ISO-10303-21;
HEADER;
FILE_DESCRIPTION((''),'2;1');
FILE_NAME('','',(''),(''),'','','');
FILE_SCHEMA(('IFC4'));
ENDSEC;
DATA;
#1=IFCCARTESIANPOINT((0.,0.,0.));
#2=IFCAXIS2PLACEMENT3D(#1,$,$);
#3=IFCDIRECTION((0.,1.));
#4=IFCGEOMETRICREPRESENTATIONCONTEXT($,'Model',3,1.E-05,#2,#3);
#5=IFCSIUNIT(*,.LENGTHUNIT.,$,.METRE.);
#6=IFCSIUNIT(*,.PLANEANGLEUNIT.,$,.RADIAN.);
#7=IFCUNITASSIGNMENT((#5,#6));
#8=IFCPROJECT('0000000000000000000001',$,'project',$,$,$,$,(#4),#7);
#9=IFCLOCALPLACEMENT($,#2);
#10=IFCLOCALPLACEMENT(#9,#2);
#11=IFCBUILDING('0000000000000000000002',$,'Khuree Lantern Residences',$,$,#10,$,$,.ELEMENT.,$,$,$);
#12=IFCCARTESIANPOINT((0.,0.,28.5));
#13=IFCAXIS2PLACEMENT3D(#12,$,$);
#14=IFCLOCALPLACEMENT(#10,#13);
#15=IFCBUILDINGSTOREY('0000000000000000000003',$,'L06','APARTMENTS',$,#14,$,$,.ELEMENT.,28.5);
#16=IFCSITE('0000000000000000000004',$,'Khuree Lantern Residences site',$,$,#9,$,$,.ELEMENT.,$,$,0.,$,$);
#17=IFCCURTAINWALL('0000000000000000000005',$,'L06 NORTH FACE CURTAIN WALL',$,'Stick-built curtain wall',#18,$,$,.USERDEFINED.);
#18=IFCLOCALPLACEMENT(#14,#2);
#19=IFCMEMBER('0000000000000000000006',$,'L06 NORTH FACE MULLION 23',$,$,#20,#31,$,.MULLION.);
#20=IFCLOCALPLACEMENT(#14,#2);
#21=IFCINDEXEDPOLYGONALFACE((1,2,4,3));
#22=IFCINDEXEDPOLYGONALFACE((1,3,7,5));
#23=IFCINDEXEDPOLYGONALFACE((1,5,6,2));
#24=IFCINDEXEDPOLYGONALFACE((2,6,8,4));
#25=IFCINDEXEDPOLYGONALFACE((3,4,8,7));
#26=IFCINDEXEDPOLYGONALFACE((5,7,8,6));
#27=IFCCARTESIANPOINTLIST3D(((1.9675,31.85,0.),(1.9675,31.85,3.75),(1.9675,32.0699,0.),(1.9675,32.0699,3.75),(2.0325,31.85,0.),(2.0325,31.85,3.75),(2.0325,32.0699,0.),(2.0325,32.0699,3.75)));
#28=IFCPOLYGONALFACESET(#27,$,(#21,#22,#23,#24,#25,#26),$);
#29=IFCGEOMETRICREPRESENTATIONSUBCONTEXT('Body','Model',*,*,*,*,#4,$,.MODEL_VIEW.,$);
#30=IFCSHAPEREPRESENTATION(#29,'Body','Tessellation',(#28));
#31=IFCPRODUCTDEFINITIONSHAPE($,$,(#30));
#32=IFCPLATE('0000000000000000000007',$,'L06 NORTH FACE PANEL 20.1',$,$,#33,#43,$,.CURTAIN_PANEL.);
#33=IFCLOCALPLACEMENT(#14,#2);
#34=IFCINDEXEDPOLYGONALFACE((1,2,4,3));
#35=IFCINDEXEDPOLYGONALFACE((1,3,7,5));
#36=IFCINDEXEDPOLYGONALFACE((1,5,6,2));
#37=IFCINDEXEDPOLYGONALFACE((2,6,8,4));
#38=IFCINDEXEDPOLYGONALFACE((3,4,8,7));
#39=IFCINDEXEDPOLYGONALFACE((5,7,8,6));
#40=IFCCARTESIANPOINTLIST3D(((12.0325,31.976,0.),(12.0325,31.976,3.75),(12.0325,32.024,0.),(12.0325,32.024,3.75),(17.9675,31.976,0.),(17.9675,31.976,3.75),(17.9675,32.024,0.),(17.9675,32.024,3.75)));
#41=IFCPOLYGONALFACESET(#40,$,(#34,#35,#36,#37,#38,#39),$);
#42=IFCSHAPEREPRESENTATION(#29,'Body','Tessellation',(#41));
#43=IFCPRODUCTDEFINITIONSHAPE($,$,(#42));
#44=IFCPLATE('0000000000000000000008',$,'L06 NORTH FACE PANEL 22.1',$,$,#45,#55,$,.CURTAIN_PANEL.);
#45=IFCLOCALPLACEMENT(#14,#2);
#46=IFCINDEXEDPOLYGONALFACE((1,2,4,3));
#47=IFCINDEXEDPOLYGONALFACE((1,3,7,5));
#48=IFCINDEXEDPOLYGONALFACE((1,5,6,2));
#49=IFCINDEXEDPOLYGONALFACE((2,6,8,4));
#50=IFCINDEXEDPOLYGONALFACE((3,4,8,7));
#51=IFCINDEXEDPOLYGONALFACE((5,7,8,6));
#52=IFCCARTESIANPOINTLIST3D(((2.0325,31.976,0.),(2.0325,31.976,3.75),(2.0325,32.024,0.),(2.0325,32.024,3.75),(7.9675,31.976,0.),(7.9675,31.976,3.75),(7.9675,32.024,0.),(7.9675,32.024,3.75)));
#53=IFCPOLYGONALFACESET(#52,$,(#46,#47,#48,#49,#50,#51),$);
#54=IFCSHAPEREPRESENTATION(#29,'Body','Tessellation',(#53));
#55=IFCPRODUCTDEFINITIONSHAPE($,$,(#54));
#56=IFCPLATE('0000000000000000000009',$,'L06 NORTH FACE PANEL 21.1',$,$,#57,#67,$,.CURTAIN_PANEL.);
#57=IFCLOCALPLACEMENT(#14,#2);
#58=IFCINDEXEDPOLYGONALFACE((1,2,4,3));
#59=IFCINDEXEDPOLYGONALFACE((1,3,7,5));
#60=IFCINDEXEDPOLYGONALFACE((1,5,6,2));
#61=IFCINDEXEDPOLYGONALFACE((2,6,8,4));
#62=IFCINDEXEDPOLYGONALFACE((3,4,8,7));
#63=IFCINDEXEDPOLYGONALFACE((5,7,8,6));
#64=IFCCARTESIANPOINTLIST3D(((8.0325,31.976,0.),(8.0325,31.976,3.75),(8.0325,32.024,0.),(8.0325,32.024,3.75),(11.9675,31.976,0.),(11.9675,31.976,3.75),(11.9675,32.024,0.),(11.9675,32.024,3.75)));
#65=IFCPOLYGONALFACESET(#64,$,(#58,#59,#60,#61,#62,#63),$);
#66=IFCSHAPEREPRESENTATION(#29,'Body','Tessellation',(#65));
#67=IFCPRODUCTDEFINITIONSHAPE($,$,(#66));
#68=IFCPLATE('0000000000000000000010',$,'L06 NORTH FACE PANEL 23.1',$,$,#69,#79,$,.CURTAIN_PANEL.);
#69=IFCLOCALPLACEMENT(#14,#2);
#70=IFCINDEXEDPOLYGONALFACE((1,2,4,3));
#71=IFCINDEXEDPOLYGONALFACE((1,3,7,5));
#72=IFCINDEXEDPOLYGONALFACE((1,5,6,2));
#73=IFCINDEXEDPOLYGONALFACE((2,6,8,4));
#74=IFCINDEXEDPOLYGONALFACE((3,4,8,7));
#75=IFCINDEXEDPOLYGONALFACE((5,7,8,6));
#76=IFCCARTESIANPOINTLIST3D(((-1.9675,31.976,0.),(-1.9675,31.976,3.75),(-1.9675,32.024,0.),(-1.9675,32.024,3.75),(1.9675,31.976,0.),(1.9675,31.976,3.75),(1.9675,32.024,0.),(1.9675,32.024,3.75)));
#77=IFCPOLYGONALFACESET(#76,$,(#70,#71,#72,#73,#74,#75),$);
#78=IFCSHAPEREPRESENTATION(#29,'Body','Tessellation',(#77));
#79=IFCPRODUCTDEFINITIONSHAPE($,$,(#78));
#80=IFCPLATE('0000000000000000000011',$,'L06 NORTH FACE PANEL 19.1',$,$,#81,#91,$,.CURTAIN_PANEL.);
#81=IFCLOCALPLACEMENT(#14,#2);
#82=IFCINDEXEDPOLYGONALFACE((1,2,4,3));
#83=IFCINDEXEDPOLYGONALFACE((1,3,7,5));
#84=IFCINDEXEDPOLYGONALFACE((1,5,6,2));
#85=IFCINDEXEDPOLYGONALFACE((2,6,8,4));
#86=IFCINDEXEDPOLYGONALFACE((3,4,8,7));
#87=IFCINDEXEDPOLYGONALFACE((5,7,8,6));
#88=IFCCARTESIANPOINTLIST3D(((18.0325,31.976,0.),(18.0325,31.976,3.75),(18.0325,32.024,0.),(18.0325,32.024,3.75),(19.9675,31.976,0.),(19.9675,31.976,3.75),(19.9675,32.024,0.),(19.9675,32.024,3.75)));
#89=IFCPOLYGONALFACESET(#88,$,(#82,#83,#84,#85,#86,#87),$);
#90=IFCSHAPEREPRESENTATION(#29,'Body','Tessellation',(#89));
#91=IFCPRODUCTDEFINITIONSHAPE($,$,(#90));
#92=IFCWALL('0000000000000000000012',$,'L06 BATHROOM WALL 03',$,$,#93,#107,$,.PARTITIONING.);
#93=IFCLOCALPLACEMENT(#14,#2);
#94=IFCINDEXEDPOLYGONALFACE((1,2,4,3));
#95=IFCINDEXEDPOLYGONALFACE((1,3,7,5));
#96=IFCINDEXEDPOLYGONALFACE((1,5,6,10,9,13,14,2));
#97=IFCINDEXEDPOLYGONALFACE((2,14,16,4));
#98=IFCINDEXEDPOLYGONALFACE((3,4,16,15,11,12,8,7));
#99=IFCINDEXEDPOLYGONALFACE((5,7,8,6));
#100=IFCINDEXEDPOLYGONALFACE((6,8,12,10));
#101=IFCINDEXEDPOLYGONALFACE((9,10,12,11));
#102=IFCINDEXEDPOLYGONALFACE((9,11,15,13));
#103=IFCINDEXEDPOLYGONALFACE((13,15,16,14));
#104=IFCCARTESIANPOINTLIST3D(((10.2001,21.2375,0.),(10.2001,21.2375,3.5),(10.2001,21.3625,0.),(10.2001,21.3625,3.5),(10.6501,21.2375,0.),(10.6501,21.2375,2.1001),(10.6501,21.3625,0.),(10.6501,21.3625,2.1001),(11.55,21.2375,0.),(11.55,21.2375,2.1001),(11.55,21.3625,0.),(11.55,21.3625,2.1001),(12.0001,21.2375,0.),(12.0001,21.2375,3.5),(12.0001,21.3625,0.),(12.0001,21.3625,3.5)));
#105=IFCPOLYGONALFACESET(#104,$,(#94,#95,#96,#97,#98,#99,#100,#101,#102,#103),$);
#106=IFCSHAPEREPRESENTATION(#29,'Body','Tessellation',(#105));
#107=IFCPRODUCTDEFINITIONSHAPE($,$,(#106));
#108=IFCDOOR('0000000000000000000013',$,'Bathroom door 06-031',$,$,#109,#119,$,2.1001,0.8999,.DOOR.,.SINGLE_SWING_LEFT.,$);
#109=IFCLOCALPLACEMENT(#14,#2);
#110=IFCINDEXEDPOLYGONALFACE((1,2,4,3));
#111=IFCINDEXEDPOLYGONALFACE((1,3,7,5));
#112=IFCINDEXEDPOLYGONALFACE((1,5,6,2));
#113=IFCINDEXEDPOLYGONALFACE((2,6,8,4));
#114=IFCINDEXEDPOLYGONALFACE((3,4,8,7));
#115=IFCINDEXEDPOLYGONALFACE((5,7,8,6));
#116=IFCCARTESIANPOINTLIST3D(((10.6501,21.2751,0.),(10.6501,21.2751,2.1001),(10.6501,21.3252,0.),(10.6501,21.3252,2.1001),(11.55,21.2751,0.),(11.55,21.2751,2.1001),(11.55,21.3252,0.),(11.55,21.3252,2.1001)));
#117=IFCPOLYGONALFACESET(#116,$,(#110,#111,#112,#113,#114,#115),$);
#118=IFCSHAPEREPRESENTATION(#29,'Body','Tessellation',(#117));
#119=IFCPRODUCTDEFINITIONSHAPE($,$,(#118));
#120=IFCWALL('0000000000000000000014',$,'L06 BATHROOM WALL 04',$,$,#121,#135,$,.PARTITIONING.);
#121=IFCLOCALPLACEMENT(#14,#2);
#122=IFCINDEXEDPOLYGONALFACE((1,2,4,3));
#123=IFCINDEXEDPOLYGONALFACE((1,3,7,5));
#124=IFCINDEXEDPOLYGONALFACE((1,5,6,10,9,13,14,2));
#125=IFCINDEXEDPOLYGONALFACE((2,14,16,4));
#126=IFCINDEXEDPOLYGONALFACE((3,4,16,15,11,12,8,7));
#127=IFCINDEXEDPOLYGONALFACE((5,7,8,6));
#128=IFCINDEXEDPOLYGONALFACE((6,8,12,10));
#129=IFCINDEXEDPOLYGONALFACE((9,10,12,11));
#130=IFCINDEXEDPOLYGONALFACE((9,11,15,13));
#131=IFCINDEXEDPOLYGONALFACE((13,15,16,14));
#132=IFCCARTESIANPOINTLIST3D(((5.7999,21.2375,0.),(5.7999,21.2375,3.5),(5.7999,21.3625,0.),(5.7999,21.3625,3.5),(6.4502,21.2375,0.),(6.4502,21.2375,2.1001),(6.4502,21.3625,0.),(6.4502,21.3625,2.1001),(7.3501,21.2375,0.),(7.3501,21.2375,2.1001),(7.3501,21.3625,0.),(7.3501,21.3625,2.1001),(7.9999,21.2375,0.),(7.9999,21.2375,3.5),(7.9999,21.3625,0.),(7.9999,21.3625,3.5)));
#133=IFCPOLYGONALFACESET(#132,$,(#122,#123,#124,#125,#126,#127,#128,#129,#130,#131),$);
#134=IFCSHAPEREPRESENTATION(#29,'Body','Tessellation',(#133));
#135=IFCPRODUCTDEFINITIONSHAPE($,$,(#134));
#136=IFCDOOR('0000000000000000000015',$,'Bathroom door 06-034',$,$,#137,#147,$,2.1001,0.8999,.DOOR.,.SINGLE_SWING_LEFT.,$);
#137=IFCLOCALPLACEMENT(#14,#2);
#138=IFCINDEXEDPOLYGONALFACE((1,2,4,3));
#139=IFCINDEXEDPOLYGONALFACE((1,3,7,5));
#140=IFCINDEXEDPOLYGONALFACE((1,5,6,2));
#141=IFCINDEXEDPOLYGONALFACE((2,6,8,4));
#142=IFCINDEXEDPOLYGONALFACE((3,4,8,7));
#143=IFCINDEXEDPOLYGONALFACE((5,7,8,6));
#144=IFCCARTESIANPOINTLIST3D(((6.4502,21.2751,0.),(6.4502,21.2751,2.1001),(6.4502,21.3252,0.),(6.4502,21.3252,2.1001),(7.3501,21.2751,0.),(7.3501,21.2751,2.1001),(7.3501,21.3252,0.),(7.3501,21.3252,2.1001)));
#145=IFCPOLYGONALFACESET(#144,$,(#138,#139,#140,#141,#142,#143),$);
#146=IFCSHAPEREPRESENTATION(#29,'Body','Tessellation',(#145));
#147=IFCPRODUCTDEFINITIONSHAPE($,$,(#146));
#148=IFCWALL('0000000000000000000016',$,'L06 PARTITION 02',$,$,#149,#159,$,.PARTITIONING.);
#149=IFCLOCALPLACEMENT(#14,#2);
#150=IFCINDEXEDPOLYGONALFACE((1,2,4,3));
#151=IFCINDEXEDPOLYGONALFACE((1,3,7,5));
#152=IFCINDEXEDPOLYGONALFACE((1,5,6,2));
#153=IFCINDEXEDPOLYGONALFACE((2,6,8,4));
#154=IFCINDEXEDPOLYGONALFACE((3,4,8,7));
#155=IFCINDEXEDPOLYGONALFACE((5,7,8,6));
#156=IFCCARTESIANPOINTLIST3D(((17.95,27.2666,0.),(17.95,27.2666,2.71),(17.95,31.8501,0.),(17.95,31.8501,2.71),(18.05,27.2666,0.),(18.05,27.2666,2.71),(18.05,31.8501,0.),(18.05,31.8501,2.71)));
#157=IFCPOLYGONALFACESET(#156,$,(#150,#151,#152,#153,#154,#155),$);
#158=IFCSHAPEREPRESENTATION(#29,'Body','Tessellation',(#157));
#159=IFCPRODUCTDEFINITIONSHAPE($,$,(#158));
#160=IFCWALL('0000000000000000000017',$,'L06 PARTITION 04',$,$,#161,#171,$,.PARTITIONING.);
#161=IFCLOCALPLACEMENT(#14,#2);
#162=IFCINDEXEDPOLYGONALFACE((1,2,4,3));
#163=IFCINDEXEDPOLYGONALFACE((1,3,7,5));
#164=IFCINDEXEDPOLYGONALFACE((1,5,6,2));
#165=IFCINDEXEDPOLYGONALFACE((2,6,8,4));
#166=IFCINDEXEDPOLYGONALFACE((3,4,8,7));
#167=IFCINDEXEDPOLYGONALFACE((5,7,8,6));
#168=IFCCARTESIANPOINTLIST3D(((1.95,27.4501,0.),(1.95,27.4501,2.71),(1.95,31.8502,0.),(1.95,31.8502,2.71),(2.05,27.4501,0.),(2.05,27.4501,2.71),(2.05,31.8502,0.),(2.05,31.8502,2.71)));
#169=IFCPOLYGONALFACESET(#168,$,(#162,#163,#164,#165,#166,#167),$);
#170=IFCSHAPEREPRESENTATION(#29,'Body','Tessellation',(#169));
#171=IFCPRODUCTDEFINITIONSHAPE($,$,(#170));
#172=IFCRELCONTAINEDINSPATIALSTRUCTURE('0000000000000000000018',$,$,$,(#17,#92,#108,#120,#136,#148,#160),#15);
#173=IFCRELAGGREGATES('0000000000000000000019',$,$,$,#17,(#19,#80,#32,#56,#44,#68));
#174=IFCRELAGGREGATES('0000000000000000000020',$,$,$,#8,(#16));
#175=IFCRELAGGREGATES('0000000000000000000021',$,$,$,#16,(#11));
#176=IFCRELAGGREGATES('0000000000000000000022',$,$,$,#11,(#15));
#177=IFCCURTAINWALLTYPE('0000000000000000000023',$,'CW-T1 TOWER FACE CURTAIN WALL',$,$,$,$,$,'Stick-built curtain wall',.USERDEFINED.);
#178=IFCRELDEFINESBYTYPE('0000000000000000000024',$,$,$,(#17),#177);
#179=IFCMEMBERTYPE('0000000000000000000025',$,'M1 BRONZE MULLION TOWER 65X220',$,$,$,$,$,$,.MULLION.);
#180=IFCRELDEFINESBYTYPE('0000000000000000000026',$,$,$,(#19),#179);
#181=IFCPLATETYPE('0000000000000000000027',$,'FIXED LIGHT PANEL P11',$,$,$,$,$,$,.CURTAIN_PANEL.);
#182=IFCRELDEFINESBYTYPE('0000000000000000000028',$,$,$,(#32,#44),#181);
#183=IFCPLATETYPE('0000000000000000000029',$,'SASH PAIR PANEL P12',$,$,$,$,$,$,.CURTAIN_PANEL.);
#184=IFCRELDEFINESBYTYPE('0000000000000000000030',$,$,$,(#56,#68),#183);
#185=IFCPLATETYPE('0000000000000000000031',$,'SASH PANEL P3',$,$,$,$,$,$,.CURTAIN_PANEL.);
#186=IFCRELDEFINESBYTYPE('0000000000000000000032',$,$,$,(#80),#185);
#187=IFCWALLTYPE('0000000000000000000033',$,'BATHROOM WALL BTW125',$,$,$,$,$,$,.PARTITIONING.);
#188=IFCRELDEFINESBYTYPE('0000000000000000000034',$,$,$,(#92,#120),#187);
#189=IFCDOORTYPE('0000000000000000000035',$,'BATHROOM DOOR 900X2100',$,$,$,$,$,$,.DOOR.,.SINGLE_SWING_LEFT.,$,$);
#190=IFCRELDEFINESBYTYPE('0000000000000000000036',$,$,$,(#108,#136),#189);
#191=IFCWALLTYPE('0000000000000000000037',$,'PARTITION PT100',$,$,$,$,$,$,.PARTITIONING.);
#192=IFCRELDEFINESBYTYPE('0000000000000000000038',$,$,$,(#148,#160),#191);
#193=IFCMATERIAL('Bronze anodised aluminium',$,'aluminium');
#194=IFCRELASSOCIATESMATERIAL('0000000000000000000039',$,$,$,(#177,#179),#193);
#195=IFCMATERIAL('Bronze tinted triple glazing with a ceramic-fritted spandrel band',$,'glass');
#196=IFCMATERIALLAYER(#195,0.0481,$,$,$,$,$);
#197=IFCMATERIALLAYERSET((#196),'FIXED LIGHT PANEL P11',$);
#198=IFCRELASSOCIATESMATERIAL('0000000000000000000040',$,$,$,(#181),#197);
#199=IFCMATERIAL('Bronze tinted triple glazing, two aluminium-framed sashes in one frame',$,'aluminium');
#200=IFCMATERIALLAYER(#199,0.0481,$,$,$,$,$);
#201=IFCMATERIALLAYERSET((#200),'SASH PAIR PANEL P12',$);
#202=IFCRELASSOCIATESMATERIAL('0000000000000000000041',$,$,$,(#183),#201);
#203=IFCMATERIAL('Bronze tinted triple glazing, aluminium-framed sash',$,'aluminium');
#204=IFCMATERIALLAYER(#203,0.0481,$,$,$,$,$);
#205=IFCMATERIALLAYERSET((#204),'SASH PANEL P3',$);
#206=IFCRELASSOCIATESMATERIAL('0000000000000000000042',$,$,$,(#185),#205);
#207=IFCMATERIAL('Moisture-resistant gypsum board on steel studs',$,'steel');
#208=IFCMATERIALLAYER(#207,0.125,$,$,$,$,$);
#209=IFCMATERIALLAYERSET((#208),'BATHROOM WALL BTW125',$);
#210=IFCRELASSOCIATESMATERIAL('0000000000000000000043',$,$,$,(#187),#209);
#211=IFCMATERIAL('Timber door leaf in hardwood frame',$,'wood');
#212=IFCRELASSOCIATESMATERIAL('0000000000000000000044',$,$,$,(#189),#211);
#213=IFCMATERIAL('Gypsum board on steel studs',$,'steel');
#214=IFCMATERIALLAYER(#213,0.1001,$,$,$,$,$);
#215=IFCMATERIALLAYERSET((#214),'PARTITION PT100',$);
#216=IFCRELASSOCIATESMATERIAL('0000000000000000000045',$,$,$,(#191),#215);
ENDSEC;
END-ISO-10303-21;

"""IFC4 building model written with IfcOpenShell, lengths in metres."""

from ifc_helpers import new_model, si_unit, direction, frame, frame_2d, origin, origin_2d, place, context, subcontext, project, spatial, rectangle, extrude, material, layer, layer_set, material_profile, profile_set, type_object, element, fill, aggregate, save


model = new_model("IFC4")

# Units and contexts
model_context = context("Model", 3, precision=1e-05, world=origin(), true_north=direction((0.0, 1.0)))
body_context = subcontext(model_context, "Body", "Model", "MODEL_VIEW")
ifc_project = project(units=[si_unit("LENGTHUNIT", "METRE"), si_unit("PLANEANGLEUNIT", "RADIAN")], contexts=[model_context])

# Site, building, storey
site_placement = place(None, origin())
site = spatial("IfcSite", under=ifc_project, at=site_placement, Name="Khuree Lantern Residences site", CompositionType="ELEMENT", RefElevation=0.0)
building_placement = place(site_placement, origin())
building = spatial("IfcBuilding", under=site, at=building_placement, Name="Khuree Lantern Residences", CompositionType="ELEMENT")
storey_placement = place(building_placement, frame((0.0, 0.0, 28.5)))
storey = spatial("IfcBuildingStorey", under=building, at=storey_placement, Name="L06", Description="APARTMENTS", CompositionType="ELEMENT", Elevation=28.5)

# Curtain wall
ifc_material_1 = material(Name="Bronze anodised aluminium", Category="aluminium")
curtain_wall_type = type_object("IfcCurtainWallType", Name="CW-T1 TOWER FACE CURTAIN WALL", ElementType="Stick-built curtain wall", PredefinedType="USERDEFINED", material=ifc_material_1)
curtain_wall_placement = place(storey_placement, origin())
curtain_wall = element("IfcCurtainWall", 1, at=curtain_wall_placement, inside=storey, type_object=curtain_wall_type, Name="L06 NORTH FACE CURTAIN WALL", ObjectType="Stick-built curtain wall", PredefinedType="USERDEFINED")

# Member
ifc_material_profile_1 = material_profile(ifc_material_1, rectangle(XDim=0.0649, YDim=0.22, at=origin_2d()), Name="M1 65X220")
ifc_profile_set_1 = profile_set([ifc_material_profile_1], Name="Bronze anodised aluminium")
member_type_1 = type_object("IfcMemberType", Name="M1 BRONZE MULLION TOWER 65X220", PredefinedType="MULLION", material=ifc_profile_set_1)
member_1_placement = place(storey_placement, frame((2.0, 31.96, 0.0), z_axis=(0.0, 0.0, 1.0), x_axis=(-1.0, 0.0, 0.0)))
member_1 = element("IfcMember", 2, at=member_1_placement, type_object=member_type_1, Name="L06 NORTH FACE MULLION 23", PredefinedType="MULLION", context=body_context, shape_type="SweptSolid", body=[
    extrude(rectangle(XDim=0.0649, YDim=0.22, at=origin_2d()), origin(), (0.0, 0.0, 1.0), 3.75),
])

# Plates
ifc_material_2 = material(Name="Bronze tinted triple glazing with a ceramic-fritted spandrel band", Category="glass")
ifc_layer_1 = layer(ifc_material_2, 0.0481)
ifc_layer_set_1 = layer_set([ifc_layer_1], Name="FIXED LIGHT PANEL P11")
plate_type_1 = type_object("IfcPlateType", Name="FIXED LIGHT PANEL P11", PredefinedType="CURTAIN_PANEL", material=ifc_layer_set_1)
plate_1_placement = place(storey_placement, frame((15.0, 32.0, 0.0), z_axis=(0.0, 0.0, 1.0), x_axis=(-1.0, 0.0, 0.0)))
plate_1 = element("IfcPlate", 3, at=plate_1_placement, type_object=plate_type_1, Name="L06 NORTH FACE PANEL 20.1", PredefinedType="CURTAIN_PANEL", context=body_context, shape_type="SweptSolid", body=[
    extrude(rectangle(XDim=5.9351, YDim=0.0481, at=origin_2d()), origin(), (0.0, 0.0, 1.0), 3.75),
])
plate_2_placement = place(storey_placement, frame((5.0, 32.0, 0.0), z_axis=(0.0, 0.0, 1.0), x_axis=(-1.0, 0.0, 0.0)))
plate_2 = element("IfcPlate", 4, at=plate_2_placement, type_object=plate_type_1, Name="L06 NORTH FACE PANEL 22.1", PredefinedType="CURTAIN_PANEL", context=body_context, shape_type="SweptSolid", body=[
    extrude(rectangle(XDim=5.9351, YDim=0.0481, at=origin_2d()), origin(), (0.0, 0.0, 1.0), 3.75),
])
ifc_material_3 = material(Name="Bronze tinted triple glazing, two aluminium-framed sashes in one frame", Category="aluminium")
ifc_layer_2 = layer(ifc_material_3, 0.0481)
ifc_layer_set_2 = layer_set([ifc_layer_2], Name="SASH PAIR PANEL P12")
plate_type_2 = type_object("IfcPlateType", Name="SASH PAIR PANEL P12", PredefinedType="CURTAIN_PANEL", material=ifc_layer_set_2)
plate_3_placement = place(storey_placement, frame((10.0, 32.0, 0.0), z_axis=(0.0, 0.0, 1.0), x_axis=(-1.0, 0.0, 0.0)))
plate_3 = element("IfcPlate", 5, at=plate_3_placement, type_object=plate_type_2, Name="L06 NORTH FACE PANEL 21.1", PredefinedType="CURTAIN_PANEL", context=body_context, shape_type="SweptSolid", body=[
    extrude(rectangle(XDim=3.9351, YDim=0.0481, at=origin_2d()), origin(), (0.0, 0.0, 1.0), 3.75),
])
plate_4_placement = place(storey_placement, frame((0.0, 32.0, 0.0), z_axis=(0.0, 0.0, 1.0), x_axis=(-1.0, 0.0, 0.0)))
plate_4 = element("IfcPlate", 6, at=plate_4_placement, type_object=plate_type_2, Name="L06 NORTH FACE PANEL 23.1", PredefinedType="CURTAIN_PANEL", context=body_context, shape_type="SweptSolid", body=[
    extrude(rectangle(XDim=3.9351, YDim=0.0481, at=origin_2d()), origin(), (0.0, 0.0, 1.0), 3.75),
])
ifc_material_4 = material(Name="Bronze tinted triple glazing, aluminium-framed sash", Category="aluminium")
ifc_layer_3 = layer(ifc_material_4, 0.0481)
ifc_layer_set_3 = layer_set([ifc_layer_3], Name="SASH PANEL P3")
plate_type_3 = type_object("IfcPlateType", Name="SASH PANEL P3", PredefinedType="CURTAIN_PANEL", material=ifc_layer_set_3)
plate_5_placement = place(storey_placement, frame((19.0, 32.0, 0.0), z_axis=(0.0, 0.0, 1.0), x_axis=(-1.0, 0.0, 0.0)))
plate_5 = element("IfcPlate", 7, at=plate_5_placement, type_object=plate_type_3, Name="L06 NORTH FACE PANEL 19.1", PredefinedType="CURTAIN_PANEL", context=body_context, shape_type="SweptSolid", body=[
    extrude(rectangle(XDim=1.9351, YDim=0.0481, at=origin_2d()), origin(), (0.0, 0.0, 1.0), 3.75),
])
aggregate(curtain_wall, [member_1, plate_5, plate_1, plate_3, plate_2, plate_4])

# Walls, openings, doors
ifc_material_5 = material(Name="Moisture-resistant gypsum board on steel studs", Category="steel")
ifc_layer_4 = layer(ifc_material_5, 0.125)
ifc_layer_set_4 = layer_set([ifc_layer_4], Name="BATHROOM WALL BTW125")
wall_type_1 = type_object("IfcWallType", Name="BATHROOM WALL BTW125", PredefinedType="PARTITIONING", material=ifc_layer_set_4)
wall_1_placement = place(storey_placement, frame((12.0, 21.3, 0.0), z_axis=(0.0, 0.0, 1.0), x_axis=(-1.0, 0.0, 0.0)))
wall_1 = element("IfcWall", 8, at=wall_1_placement, inside=storey, type_object=wall_type_1, Name="L06 BATHROOM WALL 03", PredefinedType="PARTITIONING", context=body_context, shape_type="SweptSolid", body=[
    extrude(rectangle(XDim=1.8, YDim=0.125, at=frame_2d((0.8999, 0.0))), origin(), (0.0, 0.0, 1.0), 3.5),
])
opening_1_placement = place(wall_1_placement, frame((0.45, 0.0, 0.0)))
opening_1 = element("IfcOpeningElement", 9, at=opening_1_placement, cuts=wall_1, PredefinedType="OPENING", context=body_context, shape_type="SweptSolid", body=[
    extrude(rectangle(XDim=0.8999, YDim=2.1001, at=frame_2d((0.45, 1.05))), frame((0.0, 0.0725, 0.0), z_axis=(0.0, -1.0, 0.0), x_axis=(1.0, 0.0, 0.0)), (0.0, 0.0, 1.0), 0.145),
])
ifc_material_6 = material(Name="Timber door leaf in hardwood frame", Category="wood")
door_type_1 = type_object("IfcDoorType", Name="BATHROOM DOOR 900X2100", OperationType="SINGLE_SWING_LEFT", PredefinedType="DOOR", material=ifc_material_6)
door_1_placement = place(opening_1_placement, origin())
door_1 = element("IfcDoor", 10, at=door_1_placement, inside=storey, type_object=door_type_1, Name="Bathroom door 06-031", OperationType="SINGLE_SWING_LEFT", OverallHeight=2.1001, OverallWidth=0.8999, PredefinedType="DOOR", context=body_context, shape_type="SweptSolid", body=[
    extrude(rectangle(XDim=0.8999, YDim=2.1001, at=frame_2d((0.45, 1.05))), frame((0.0, 0.0249, 0.0), z_axis=(0.0, -1.0, 0.0), x_axis=(1.0, 0.0, 0.0)), (0.0, 0.0, 1.0), 0.05),
])
fill(opening_1, door_1)
wall_2_placement = place(storey_placement, frame((8.0, 21.3, 0.0), z_axis=(0.0, 0.0, 1.0), x_axis=(-1.0, 0.0, 0.0)))
wall_2 = element("IfcWall", 11, at=wall_2_placement, inside=storey, type_object=wall_type_1, Name="L06 BATHROOM WALL 04", PredefinedType="PARTITIONING", context=body_context, shape_type="SweptSolid", body=[
    extrude(rectangle(XDim=2.2, YDim=0.125, at=frame_2d((1.1001, 0.0))), origin(), (0.0, 0.0, 1.0), 3.5),
])
opening_2_placement = place(wall_2_placement, frame((0.6499, 0.0, 0.0)))
opening_2 = element("IfcOpeningElement", 12, at=opening_2_placement, cuts=wall_2, PredefinedType="OPENING", context=body_context, shape_type="SweptSolid", body=[
    extrude(rectangle(XDim=0.8999, YDim=2.1001, at=frame_2d((0.45, 1.05))), frame((0.0, 0.0725, 0.0), z_axis=(0.0, -1.0, 0.0), x_axis=(1.0, 0.0, 0.0)), (0.0, 0.0, 1.0), 0.145),
])
door_2_placement = place(opening_2_placement, origin())
door_2 = element("IfcDoor", 13, at=door_2_placement, inside=storey, type_object=door_type_1, Name="Bathroom door 06-034", OperationType="SINGLE_SWING_LEFT", OverallHeight=2.1001, OverallWidth=0.8999, PredefinedType="DOOR", context=body_context, shape_type="SweptSolid", body=[
    extrude(rectangle(XDim=0.8999, YDim=2.1001, at=frame_2d((0.45, 1.05))), frame((0.0, 0.0249, 0.0), z_axis=(0.0, -1.0, 0.0), x_axis=(1.0, 0.0, 0.0)), (0.0, 0.0, 1.0), 0.05),
])
fill(opening_2, door_2)

# Walls
ifc_material_7 = material(Name="Gypsum board on steel studs", Category="steel")
ifc_layer_5 = layer(ifc_material_7, 0.1001)
ifc_layer_set_5 = layer_set([ifc_layer_5], Name="PARTITION PT100")
wall_type_2 = type_object("IfcWallType", Name="PARTITION PT100", PredefinedType="PARTITIONING", material=ifc_layer_set_5)
wall_3_placement = place(storey_placement, frame((18.0, 27.2666, 0.0), z_axis=(0.0, 0.0, 1.0), x_axis=(0.0, 1.0, 0.0)))
element("IfcWall", 14, at=wall_3_placement, inside=storey, type_object=wall_type_2, Name="L06 PARTITION 02", PredefinedType="PARTITIONING", context=body_context, shape_type="SweptSolid", body=[
    extrude(rectangle(XDim=4.5835, YDim=0.1001, at=frame_2d((2.2917, 0.0))), origin(), (0.0, 0.0, 1.0), 2.71),
])
wall_4_placement = place(storey_placement, frame((2.0, 27.45, 0.0), z_axis=(0.0, 0.0, 1.0), x_axis=(0.0, 1.0, 0.0)))
element("IfcWall", 15, at=wall_4_placement, inside=storey, type_object=wall_type_2, Name="L06 PARTITION 04", PredefinedType="PARTITIONING", context=body_context, shape_type="SweptSolid", body=[
    extrude(rectangle(XDim=4.4001, YDim=0.1001, at=frame_2d((2.2002, 0.0))), origin(), (0.0, 0.0, 1.0), 2.71),
])

save(model, "model.ifc")
